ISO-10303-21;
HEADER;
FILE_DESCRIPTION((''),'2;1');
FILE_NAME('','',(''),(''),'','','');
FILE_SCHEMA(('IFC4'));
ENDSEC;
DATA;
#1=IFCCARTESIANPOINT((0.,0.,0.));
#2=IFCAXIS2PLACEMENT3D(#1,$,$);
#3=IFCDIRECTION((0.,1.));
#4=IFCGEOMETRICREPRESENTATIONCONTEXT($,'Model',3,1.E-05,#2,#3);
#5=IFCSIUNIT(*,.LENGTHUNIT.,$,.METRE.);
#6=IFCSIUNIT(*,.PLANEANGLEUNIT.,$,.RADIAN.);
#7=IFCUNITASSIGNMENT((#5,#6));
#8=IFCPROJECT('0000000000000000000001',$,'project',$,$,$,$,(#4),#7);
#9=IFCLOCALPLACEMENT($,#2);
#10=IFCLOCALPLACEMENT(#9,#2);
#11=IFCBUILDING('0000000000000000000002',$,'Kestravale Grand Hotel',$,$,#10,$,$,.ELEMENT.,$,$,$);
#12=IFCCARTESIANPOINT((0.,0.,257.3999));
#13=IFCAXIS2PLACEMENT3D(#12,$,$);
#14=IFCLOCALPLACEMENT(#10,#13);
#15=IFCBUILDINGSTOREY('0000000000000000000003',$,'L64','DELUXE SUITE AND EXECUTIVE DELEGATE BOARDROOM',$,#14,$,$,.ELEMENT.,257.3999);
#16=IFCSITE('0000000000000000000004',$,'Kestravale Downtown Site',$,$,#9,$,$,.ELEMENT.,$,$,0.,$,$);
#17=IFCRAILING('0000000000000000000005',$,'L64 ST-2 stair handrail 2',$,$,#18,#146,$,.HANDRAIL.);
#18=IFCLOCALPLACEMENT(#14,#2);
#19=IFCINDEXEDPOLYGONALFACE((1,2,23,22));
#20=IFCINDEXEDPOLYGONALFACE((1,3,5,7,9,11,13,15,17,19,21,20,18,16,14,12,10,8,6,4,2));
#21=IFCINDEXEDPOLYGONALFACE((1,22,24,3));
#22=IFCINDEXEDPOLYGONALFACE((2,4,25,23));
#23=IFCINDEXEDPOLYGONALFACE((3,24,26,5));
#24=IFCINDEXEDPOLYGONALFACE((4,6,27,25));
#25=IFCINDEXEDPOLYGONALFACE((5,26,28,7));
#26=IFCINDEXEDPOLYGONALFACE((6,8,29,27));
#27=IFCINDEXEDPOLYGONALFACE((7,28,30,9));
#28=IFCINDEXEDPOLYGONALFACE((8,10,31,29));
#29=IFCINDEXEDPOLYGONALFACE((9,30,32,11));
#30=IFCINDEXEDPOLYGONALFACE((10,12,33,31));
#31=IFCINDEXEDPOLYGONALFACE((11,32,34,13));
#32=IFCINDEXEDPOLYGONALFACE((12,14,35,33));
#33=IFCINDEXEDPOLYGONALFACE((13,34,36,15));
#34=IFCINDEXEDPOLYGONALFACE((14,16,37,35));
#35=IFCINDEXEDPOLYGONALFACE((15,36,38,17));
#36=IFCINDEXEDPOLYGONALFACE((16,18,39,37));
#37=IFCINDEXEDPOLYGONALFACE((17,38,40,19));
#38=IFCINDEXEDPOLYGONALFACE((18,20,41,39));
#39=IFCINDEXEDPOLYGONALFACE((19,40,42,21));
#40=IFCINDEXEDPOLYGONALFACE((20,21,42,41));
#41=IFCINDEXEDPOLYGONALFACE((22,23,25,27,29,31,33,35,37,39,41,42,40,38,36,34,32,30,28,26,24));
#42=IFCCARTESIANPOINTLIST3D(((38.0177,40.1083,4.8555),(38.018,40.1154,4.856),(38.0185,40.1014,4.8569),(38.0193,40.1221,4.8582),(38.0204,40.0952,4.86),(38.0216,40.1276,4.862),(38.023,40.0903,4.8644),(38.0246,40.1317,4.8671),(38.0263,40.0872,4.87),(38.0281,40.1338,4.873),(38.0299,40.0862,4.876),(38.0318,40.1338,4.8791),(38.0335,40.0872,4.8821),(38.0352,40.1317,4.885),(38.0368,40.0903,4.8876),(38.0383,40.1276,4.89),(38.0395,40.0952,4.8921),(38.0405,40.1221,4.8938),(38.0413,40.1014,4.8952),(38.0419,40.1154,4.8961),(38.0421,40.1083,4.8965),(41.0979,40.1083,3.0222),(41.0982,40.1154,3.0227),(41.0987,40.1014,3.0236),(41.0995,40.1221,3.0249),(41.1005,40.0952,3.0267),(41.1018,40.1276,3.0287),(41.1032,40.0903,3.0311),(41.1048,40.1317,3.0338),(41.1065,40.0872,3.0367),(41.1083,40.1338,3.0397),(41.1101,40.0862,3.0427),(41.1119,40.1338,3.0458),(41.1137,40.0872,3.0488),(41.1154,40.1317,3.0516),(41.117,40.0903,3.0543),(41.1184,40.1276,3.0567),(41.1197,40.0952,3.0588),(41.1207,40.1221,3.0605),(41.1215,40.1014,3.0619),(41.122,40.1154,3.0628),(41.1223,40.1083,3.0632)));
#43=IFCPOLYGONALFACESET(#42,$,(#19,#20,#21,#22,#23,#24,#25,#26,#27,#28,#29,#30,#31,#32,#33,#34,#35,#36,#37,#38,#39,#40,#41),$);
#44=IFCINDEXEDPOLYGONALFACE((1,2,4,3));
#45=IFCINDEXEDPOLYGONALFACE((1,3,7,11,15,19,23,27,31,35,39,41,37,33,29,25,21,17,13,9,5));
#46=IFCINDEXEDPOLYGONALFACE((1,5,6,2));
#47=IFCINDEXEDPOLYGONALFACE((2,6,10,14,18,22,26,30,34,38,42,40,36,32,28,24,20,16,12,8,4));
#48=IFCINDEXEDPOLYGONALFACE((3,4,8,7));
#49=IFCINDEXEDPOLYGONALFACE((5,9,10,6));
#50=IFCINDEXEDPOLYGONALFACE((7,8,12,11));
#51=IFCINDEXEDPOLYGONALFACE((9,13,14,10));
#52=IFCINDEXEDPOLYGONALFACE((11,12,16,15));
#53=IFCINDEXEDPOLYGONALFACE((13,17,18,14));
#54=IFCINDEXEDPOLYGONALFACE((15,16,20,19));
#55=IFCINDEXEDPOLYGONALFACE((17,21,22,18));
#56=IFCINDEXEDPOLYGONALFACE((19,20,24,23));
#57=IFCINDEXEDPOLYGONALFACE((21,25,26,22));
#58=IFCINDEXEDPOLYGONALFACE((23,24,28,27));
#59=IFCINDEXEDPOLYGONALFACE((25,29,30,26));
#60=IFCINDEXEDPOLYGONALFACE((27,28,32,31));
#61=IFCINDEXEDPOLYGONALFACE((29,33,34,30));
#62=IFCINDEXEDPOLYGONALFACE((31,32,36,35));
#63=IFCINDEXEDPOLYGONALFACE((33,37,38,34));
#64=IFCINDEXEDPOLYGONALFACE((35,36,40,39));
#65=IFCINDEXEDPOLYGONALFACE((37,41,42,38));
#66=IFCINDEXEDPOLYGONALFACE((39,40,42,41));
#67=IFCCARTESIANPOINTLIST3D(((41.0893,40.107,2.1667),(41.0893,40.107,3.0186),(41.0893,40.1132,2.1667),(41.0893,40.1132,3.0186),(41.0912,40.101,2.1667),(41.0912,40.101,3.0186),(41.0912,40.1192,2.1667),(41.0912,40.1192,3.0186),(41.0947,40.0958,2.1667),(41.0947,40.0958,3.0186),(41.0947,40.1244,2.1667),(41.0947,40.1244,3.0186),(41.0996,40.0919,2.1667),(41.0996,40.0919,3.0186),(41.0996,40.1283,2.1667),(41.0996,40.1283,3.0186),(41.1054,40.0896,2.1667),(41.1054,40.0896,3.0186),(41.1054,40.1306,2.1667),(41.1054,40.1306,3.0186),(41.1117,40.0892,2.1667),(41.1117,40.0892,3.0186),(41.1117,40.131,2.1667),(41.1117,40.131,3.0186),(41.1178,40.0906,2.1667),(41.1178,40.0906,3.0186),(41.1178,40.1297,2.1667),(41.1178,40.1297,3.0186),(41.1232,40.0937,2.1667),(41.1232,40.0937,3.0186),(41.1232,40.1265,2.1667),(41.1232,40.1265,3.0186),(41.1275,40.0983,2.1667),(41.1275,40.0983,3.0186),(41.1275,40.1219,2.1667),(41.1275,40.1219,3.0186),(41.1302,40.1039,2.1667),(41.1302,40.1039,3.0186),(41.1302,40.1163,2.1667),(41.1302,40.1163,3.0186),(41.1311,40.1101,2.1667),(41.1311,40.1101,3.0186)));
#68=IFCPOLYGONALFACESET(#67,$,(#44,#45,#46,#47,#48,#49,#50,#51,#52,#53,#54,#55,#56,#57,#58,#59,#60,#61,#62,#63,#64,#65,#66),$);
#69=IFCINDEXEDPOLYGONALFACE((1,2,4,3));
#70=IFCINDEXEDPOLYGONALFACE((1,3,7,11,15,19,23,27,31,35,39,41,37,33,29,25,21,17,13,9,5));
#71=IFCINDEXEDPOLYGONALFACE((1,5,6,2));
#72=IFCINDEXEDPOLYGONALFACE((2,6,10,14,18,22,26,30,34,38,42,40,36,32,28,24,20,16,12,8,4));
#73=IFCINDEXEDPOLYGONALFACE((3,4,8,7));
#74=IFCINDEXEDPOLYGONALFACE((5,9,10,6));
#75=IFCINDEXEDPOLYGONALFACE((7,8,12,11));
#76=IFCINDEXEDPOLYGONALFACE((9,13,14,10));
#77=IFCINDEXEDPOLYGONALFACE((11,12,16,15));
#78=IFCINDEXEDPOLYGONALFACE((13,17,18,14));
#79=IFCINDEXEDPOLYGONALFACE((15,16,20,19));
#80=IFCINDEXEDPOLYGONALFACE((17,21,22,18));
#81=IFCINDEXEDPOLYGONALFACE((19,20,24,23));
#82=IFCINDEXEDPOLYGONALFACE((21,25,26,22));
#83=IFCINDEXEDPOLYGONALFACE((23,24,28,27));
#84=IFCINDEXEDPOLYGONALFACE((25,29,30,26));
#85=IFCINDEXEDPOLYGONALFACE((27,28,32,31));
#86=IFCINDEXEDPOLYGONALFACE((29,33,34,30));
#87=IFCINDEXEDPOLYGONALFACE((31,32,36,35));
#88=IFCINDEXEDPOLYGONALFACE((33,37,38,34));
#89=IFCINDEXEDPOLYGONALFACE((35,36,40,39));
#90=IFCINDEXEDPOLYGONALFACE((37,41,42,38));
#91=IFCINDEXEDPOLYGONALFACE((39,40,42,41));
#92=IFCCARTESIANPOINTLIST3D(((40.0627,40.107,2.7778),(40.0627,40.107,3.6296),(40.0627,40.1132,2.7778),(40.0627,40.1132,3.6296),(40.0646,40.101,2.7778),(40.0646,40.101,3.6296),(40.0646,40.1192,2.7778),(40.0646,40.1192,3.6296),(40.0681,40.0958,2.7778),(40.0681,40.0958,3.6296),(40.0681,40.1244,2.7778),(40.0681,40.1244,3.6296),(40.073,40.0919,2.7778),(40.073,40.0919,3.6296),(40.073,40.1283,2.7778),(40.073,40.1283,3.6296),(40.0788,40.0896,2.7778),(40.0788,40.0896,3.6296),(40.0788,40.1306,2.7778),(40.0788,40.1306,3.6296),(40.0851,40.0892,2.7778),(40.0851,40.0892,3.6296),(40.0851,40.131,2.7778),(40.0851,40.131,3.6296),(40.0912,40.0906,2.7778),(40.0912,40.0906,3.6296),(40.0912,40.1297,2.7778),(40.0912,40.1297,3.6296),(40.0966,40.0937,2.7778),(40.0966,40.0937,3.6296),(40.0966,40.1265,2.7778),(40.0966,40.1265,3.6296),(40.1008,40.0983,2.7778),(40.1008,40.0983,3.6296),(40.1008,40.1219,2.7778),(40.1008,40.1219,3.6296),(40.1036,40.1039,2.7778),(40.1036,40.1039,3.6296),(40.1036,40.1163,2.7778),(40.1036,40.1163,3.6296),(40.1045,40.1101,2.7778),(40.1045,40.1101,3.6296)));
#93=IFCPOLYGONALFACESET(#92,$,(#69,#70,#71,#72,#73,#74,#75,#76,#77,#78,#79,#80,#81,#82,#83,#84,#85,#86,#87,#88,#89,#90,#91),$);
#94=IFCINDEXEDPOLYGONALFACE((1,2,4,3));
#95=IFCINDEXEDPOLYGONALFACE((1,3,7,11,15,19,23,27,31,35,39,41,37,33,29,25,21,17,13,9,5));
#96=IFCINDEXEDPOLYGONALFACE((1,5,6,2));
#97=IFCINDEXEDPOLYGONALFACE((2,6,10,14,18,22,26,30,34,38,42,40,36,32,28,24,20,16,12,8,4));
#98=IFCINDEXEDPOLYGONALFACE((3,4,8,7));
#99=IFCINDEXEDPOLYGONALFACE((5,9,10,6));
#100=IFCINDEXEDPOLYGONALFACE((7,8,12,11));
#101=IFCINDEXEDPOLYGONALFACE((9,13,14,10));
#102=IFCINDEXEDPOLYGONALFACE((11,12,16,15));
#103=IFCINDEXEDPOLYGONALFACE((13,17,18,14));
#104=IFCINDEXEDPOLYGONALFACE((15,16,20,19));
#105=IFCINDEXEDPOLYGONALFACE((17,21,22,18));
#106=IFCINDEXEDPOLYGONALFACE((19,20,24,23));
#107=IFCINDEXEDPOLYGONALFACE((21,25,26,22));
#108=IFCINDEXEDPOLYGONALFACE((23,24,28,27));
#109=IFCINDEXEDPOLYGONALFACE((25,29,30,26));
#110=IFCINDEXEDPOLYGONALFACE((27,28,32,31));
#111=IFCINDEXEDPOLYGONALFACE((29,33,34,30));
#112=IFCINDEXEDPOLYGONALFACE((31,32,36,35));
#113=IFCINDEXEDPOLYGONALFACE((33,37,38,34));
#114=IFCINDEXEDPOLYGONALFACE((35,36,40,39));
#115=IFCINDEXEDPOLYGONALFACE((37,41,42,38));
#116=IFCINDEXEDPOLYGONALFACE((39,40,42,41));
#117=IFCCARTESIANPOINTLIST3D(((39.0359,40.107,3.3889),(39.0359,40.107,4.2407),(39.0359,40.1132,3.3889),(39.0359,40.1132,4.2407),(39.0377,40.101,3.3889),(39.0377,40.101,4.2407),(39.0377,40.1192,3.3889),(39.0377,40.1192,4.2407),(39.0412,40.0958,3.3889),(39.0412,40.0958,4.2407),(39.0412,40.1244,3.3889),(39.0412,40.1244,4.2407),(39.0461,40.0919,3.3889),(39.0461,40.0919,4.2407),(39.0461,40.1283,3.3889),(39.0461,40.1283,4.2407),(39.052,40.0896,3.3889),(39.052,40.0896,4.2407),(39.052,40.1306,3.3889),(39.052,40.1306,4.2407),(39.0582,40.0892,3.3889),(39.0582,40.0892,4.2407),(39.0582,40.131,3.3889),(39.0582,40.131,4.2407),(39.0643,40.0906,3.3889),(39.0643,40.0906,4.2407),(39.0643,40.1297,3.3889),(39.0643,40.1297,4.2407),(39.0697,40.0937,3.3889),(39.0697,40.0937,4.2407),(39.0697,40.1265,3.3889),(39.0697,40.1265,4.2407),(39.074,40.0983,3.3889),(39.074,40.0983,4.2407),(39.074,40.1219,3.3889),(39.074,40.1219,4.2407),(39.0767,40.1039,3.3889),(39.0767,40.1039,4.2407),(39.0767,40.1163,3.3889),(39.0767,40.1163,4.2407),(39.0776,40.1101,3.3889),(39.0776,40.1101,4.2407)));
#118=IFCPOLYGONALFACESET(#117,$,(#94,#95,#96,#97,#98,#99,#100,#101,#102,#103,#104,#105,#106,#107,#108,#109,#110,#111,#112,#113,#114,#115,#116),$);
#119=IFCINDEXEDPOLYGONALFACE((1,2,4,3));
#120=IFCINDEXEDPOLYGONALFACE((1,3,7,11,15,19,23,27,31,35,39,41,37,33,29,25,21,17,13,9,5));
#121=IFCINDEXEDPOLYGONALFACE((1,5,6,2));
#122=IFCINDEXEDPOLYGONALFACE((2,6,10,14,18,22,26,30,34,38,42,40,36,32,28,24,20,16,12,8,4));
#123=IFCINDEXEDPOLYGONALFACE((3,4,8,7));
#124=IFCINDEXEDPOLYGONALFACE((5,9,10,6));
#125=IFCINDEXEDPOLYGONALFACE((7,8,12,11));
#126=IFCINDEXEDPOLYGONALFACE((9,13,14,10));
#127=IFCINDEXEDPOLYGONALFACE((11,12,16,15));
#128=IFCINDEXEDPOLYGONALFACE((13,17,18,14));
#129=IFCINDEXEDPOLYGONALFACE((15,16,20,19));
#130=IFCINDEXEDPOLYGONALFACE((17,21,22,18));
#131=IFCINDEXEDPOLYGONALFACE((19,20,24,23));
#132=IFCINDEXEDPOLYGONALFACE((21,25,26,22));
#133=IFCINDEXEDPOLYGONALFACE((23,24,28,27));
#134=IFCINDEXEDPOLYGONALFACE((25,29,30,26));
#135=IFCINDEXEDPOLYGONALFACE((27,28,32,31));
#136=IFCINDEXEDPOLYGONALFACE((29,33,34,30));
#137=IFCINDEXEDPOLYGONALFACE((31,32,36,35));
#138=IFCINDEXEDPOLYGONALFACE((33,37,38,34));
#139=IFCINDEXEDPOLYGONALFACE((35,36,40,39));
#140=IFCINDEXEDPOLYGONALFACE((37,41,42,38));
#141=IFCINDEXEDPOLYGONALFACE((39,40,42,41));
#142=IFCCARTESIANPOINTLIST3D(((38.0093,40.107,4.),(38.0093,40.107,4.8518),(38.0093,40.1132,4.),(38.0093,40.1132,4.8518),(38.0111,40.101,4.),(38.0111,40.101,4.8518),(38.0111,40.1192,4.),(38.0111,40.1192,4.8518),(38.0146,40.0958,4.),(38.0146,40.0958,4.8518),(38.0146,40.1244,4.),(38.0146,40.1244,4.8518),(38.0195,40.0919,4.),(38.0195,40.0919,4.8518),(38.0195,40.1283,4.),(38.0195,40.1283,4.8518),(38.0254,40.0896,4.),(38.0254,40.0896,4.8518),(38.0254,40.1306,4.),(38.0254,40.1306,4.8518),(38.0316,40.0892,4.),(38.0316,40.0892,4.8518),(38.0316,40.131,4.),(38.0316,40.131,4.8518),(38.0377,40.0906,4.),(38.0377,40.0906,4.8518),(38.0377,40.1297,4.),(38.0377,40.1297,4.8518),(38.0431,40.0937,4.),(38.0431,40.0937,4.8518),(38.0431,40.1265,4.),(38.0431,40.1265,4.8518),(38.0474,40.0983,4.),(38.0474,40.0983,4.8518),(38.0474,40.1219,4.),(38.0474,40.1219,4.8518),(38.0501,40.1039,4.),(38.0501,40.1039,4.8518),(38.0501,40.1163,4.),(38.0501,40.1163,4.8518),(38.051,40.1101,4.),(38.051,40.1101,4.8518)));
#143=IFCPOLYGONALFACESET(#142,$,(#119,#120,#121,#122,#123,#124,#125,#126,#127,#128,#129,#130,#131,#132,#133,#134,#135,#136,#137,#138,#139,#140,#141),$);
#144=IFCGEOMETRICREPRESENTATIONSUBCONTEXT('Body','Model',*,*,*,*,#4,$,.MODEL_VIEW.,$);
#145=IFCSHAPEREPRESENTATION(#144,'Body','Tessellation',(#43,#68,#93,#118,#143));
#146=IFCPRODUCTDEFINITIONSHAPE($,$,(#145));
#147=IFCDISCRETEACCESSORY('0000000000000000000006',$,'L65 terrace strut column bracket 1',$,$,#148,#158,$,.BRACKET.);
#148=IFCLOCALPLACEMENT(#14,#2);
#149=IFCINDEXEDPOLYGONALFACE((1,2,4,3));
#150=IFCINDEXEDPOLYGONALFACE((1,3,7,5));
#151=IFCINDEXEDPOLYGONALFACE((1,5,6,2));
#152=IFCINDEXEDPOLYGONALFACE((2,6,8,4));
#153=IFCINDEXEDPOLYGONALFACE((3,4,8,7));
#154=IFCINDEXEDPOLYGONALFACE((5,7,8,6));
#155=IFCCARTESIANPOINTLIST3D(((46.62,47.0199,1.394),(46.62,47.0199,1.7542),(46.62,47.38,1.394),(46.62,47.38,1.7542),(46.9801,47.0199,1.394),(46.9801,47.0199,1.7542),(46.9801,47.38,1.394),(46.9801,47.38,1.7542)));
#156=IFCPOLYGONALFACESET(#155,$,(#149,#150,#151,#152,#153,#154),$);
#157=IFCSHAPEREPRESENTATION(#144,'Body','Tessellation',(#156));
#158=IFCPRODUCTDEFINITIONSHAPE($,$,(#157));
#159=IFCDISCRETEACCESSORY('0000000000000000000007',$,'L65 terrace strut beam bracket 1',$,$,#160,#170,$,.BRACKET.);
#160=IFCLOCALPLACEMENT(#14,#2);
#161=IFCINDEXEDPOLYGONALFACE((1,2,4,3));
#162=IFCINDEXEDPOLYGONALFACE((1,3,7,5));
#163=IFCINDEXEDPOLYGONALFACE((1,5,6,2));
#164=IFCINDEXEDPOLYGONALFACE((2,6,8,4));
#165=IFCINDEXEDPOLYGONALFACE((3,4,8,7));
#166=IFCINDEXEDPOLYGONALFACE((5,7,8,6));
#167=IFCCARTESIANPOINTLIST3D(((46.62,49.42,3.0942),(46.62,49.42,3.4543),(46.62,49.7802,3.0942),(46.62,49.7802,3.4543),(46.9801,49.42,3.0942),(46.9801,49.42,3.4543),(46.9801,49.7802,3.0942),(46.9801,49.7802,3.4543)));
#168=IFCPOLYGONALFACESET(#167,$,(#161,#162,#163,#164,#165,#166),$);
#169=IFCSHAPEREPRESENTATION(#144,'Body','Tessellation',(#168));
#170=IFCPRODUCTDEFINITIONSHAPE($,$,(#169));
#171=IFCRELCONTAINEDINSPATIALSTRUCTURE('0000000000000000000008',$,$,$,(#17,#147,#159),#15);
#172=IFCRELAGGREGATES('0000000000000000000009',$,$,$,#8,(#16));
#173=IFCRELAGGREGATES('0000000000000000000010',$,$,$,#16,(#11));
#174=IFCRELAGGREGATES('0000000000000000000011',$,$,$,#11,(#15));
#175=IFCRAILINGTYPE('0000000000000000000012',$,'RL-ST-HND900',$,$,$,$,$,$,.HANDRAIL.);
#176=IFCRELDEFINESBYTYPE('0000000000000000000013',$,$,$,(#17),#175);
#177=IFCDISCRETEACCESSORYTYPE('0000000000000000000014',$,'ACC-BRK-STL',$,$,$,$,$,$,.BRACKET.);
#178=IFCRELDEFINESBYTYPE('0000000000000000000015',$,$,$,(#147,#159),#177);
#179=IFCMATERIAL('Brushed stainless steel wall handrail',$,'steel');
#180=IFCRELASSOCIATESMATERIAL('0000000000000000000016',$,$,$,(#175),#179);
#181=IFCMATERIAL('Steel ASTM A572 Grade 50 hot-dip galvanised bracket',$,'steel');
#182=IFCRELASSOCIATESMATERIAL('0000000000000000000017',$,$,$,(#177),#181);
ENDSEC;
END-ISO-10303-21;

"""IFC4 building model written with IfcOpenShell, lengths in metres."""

from ifc_helpers import new_model, si_unit, direction, frame, origin, origin_2d, place, context, subcontext, project, spatial, rectangle, circle, extrude, material, type_object, element, save


model = new_model("IFC4")

# Units and contexts
model_context = context("Model", 3, precision=1e-05, world=origin(), true_north=direction((0.0, 1.0)))
body_context = subcontext(model_context, "Body", "Model", "MODEL_VIEW")
ifc_project = project(units=[si_unit("LENGTHUNIT", "METRE"), si_unit("PLANEANGLEUNIT", "RADIAN")], contexts=[model_context])

# Site, building, storey
site_placement = place(None, origin())
site = spatial("IfcSite", under=ifc_project, at=site_placement, Name="Kestravale Downtown Site", CompositionType="ELEMENT", RefElevation=0.0)
building_placement = place(site_placement, origin())
building = spatial("IfcBuilding", under=site, at=building_placement, Name="Kestravale Grand Hotel", CompositionType="ELEMENT")
storey_placement = place(building_placement, frame((0.0, 0.0, 257.3999)))
storey = spatial("IfcBuildingStorey", under=building, at=storey_placement, Name="L64", Description="DELUXE SUITE AND EXECUTIVE DELEGATE BOARDROOM", CompositionType="ELEMENT", Elevation=257.3999)

# Railing
ifc_material_1 = material(Name="Brushed stainless steel wall handrail", Category="steel")
railing_type_1 = type_object("IfcRailingType", Name="RL-ST-HND900", PredefinedType="HANDRAIL", material=ifc_material_1)
railing_1_placement = place(storey_placement, frame((41.1101, 40.1101, 2.1667)))
element("IfcRailing", 1, at=railing_1_placement, inside=storey, type_object=railing_type_1, Name="L64 ST-2 stair handrail 2", PredefinedType="HANDRAIL", context=body_context, shape_type="SweptSolid", body=[
    extrude(circle(Radius=0.0239, at=origin_2d()), frame((0.0, 0.0, 0.876), z_axis=(-0.859309, 0.0, 0.511458), x_axis=(0.0, -1.0, 0.0)), (0.0, 0.0, 1.0), 3.5845),
    extrude(circle(Radius=0.021, at=origin_2d()), origin(), (0.0, 0.0, 1.0), 0.8518),
    extrude(circle(Radius=0.021, at=origin_2d()), frame((-1.0266, 0.0, 0.6111)), (0.0, 0.0, 1.0), 0.8518),
    extrude(circle(Radius=0.021, at=origin_2d()), frame((-2.0535, 0.0, 1.2222)), (0.0, 0.0, 1.0), 0.8518),
    extrude(circle(Radius=0.021, at=origin_2d()), frame((-3.0801, 0.0, 1.8333)), (0.0, 0.0, 1.0), 0.8518),
])

# Discrete accessories
ifc_material_2 = material(Name="Steel ASTM A572 Grade 50 hot-dip galvanised bracket", Category="steel")
discrete_accessory_type = type_object("IfcDiscreteAccessoryType", Name="ACC-BRK-STL", PredefinedType="BRACKET", material=ifc_material_2)
for number, where, z_axis, x_axis, name in (
    (2, (46.8, 47.2, 1.394), (0.0, 0.0, 1.0), (1.0, 0.0, 0.0), "L65 terrace strut column bracket 1"),
    (3, (46.8, 49.6001, 3.0942), (0.0, 0.0, 1.0), (1.0, 0.0, 0.0), "L65 terrace strut beam bracket 1"),
):
    element("IfcDiscreteAccessory", number, at=place(storey_placement, frame(where, z_axis=z_axis, x_axis=x_axis)), inside=storey, type_object=discrete_accessory_type, Name=name, PredefinedType="BRACKET", context=body_context, shape_type="SweptSolid", body=[
        extrude(rectangle(XDim=0.3601, YDim=0.3601, at=origin_2d()), origin(), (0.0, 0.0, 1.0), 0.3601),
    ])

save(model, "model.ifc")
